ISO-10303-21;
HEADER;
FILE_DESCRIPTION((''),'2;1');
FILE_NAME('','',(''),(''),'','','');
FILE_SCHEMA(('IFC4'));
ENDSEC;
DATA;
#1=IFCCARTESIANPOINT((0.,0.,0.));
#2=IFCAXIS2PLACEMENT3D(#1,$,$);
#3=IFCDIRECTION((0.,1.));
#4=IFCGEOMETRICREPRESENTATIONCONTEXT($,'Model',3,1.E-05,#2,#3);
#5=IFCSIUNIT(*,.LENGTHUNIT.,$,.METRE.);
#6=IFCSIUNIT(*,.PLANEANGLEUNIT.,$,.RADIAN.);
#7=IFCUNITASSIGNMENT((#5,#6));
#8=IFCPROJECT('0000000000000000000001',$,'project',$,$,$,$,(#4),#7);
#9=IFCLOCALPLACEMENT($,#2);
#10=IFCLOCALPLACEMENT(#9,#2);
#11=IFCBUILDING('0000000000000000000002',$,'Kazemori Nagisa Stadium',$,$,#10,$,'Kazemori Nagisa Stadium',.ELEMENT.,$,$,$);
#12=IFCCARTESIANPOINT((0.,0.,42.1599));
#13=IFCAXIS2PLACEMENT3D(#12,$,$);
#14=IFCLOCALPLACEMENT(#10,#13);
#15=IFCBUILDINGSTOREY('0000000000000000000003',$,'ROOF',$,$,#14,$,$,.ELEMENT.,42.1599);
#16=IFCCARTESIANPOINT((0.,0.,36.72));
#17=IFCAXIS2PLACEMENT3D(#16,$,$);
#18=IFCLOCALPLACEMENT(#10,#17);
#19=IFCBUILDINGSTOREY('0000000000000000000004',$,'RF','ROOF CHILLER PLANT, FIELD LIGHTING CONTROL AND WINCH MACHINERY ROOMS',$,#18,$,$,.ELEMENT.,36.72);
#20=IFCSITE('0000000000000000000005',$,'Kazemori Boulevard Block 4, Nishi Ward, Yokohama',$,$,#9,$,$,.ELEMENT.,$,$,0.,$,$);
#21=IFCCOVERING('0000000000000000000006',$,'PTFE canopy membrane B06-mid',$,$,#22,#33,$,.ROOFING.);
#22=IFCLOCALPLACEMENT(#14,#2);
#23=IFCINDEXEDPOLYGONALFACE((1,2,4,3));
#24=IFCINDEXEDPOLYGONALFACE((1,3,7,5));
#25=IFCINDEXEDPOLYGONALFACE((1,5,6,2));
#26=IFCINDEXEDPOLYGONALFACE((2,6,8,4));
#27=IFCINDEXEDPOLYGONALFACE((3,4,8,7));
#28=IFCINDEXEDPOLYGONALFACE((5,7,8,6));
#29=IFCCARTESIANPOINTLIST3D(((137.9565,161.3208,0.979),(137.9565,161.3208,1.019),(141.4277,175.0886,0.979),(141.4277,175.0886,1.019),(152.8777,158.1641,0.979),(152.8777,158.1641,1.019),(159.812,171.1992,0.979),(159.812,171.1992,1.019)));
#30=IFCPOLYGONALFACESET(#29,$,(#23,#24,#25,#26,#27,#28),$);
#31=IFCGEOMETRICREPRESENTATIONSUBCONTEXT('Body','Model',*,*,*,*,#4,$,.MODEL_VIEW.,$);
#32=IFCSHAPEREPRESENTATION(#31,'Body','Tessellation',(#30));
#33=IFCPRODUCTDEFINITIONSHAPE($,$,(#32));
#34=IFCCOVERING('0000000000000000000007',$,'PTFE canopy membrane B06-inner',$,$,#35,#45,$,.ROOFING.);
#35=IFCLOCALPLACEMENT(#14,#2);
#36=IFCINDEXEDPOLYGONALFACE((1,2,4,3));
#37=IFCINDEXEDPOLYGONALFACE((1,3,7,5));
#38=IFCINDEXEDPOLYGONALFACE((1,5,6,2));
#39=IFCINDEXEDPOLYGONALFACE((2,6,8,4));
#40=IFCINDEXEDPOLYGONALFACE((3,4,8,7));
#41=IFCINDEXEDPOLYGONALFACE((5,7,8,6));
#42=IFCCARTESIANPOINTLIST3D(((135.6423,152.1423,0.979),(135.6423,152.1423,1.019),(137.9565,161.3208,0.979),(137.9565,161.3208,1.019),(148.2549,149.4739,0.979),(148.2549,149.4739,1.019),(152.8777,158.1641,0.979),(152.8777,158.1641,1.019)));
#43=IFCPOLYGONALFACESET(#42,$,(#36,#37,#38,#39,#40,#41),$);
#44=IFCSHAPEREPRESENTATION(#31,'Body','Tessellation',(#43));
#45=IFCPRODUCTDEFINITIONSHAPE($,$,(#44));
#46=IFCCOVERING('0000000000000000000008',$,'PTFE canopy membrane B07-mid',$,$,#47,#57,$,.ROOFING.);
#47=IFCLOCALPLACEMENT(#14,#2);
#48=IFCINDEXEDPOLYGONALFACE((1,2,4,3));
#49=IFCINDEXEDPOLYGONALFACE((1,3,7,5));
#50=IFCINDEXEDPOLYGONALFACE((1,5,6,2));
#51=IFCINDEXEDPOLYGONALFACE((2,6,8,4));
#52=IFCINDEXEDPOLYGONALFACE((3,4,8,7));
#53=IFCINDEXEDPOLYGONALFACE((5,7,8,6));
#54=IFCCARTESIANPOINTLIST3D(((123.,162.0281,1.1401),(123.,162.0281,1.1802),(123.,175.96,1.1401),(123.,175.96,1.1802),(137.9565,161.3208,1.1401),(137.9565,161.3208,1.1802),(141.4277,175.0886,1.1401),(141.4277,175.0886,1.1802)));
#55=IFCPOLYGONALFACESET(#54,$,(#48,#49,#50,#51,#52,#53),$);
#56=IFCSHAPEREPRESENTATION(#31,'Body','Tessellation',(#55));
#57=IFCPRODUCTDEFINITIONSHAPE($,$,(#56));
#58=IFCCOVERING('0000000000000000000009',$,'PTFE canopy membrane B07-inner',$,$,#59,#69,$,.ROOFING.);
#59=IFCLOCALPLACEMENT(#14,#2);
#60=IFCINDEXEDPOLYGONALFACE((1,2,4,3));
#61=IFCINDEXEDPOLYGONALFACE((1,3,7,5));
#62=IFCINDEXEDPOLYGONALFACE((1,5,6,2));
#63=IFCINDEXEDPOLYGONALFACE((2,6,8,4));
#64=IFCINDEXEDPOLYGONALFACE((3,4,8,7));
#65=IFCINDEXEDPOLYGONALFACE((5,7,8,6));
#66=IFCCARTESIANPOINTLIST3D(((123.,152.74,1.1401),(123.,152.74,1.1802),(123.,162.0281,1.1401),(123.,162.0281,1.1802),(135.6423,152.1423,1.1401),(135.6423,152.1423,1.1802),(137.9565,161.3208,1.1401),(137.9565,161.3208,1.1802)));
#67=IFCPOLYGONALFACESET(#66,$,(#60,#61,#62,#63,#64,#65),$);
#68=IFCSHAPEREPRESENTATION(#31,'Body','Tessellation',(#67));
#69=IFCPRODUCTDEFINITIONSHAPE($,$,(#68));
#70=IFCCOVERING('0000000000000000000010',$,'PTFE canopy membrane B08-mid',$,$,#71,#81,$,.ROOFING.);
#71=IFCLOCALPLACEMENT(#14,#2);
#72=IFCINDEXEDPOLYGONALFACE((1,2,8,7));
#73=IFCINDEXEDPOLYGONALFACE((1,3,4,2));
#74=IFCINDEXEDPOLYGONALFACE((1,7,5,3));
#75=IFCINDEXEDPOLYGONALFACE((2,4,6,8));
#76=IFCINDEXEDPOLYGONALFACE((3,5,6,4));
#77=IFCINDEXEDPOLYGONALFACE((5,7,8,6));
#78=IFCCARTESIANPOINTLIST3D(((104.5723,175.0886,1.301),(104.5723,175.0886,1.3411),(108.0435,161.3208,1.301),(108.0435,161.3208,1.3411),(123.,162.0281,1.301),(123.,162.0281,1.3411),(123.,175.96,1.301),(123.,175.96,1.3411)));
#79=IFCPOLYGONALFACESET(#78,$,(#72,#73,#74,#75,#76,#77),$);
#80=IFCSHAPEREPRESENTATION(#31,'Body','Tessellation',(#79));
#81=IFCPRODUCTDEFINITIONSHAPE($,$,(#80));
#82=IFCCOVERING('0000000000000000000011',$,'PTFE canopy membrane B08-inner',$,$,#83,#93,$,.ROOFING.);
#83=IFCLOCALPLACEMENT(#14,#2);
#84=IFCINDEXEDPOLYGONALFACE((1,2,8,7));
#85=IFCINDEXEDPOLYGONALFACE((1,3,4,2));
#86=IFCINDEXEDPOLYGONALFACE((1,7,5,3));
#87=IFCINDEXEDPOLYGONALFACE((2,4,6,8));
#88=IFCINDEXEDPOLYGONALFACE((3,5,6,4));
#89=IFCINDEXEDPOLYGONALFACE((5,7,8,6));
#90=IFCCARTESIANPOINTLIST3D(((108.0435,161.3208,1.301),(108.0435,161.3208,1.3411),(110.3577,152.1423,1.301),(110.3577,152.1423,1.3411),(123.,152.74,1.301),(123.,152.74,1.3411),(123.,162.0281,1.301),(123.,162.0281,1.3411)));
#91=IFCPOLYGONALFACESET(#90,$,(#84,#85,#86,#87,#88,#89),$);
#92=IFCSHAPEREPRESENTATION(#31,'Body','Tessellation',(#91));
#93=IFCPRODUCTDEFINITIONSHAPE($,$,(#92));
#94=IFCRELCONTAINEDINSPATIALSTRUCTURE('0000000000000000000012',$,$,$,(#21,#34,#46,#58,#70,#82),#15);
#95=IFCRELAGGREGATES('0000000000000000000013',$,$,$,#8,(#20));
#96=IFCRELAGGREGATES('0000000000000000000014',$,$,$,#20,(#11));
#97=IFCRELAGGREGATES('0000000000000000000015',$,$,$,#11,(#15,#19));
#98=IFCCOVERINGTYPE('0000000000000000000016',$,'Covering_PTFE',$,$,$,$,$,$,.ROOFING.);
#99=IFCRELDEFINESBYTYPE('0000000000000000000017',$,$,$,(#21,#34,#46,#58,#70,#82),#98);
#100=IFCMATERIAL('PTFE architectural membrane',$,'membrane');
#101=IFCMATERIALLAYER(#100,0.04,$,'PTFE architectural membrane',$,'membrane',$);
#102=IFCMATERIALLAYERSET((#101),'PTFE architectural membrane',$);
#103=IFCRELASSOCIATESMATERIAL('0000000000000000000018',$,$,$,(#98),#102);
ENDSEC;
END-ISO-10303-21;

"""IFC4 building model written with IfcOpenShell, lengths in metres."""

from ifc_helpers import new_model, si_unit, direction, frame, origin, place, context, subcontext, project, spatial, polyline, outline, extrude, material, layer, layer_set, type_object, element, save


model = new_model("IFC4")

# Units and contexts
model_context = context("Model", 3, precision=1e-05, world=origin(), true_north=direction((0.0, 1.0)))
body_context = subcontext(model_context, "Body", "Model", "MODEL_VIEW")
ifc_project = project(units=[si_unit("LENGTHUNIT", "METRE"), si_unit("PLANEANGLEUNIT", "RADIAN")], contexts=[model_context])

# Site, building, storey
site_placement = place(None, origin())
site = spatial("IfcSite", under=ifc_project, at=site_placement, Name="Kazemori Boulevard Block 4, Nishi Ward, Yokohama", CompositionType="ELEMENT", RefElevation=0.0)
building_placement = place(site_placement, origin())
building = spatial("IfcBuilding", under=site, at=building_placement, Name="Kazemori Nagisa Stadium", LongName="Kazemori Nagisa Stadium", CompositionType="ELEMENT")
storey_1_placement = place(building_placement, frame((0.0, 0.0, 42.1599)))
storey_1 = spatial("IfcBuildingStorey", under=building, at=storey_1_placement, Name="ROOF", CompositionType="ELEMENT", Elevation=42.1599)

# Shared definitions
storey_2_placement = place(building_placement, frame((0.0, 0.0, 36.72)))
storey_2 = spatial("IfcBuildingStorey", under=building, at=storey_2_placement, Name="RF", Description="ROOF CHILLER PLANT, FIELD LIGHTING CONTROL AND WINCH MACHINERY ROOMS", CompositionType="ELEMENT", Elevation=36.72)

# Coverings
ifc_material_1 = material(Name="PTFE architectural membrane", Category="membrane")
ifc_layer_1 = layer(ifc_material_1, 0.04, Name="PTFE architectural membrane", Category="membrane")
ifc_layer_set_1 = layer_set([ifc_layer_1], Name="PTFE architectural membrane")
covering_type = type_object("IfcCoveringType", Name="Covering_PTFE", PredefinedType="ROOFING", material=ifc_layer_set_1)
covering_1_placement = place(storey_1_placement, frame((0.0, 0.0, 0.979)))
element("IfcCovering", 1, at=covering_1_placement, inside=storey_1, type_object=covering_type, Name="PTFE canopy membrane B06-mid", PredefinedType="ROOFING", context=body_context, shape_type="SweptSolid", body=[
    extrude(outline(polyline([(159.812, 171.1992), (141.4277, 175.0886), (137.9565, 161.3208), (152.8777, 158.1641), (159.812, 171.1992)])), origin(), (0.0, 0.0, 1.0), 0.04),
])
covering_2_placement = place(storey_1_placement, frame((0.0, 0.0, 0.979)))
element("IfcCovering", 2, at=covering_2_placement, inside=storey_1, type_object=covering_type, Name="PTFE canopy membrane B06-inner", PredefinedType="ROOFING", context=body_context, shape_type="SweptSolid", body=[
    extrude(outline(polyline([(152.8777, 158.1641), (137.9565, 161.3208), (135.6423, 152.1423), (148.2549, 149.4739), (152.8777, 158.1641)])), origin(), (0.0, 0.0, 1.0), 0.04),
])
covering_3_placement = place(storey_1_placement, frame((0.0, 0.0, 1.1401)))
element("IfcCovering", 3, at=covering_3_placement, inside=storey_1, type_object=covering_type, Name="PTFE canopy membrane B07-mid", PredefinedType="ROOFING", context=body_context, shape_type="SweptSolid", body=[
    extrude(outline(polyline([(141.4277, 175.0886), (123.0, 175.96), (123.0, 162.0281), (137.9565, 161.3208), (141.4277, 175.0886)])), origin(), (0.0, 0.0, 1.0), 0.04),
])
covering_4_placement = place(storey_1_placement, frame((0.0, 0.0, 1.1401)))
element("IfcCovering", 4, at=covering_4_placement, inside=storey_1, type_object=covering_type, Name="PTFE canopy membrane B07-inner", PredefinedType="ROOFING", context=body_context, shape_type="SweptSolid", body=[
    extrude(outline(polyline([(137.9565, 161.3208), (123.0, 162.0281), (123.0, 152.74), (135.6423, 152.1423), (137.9565, 161.3208)])), origin(), (0.0, 0.0, 1.0), 0.04),
])
covering_5_placement = place(storey_1_placement, frame((0.0, 0.0, 1.301)))
element("IfcCovering", 5, at=covering_5_placement, inside=storey_1, type_object=covering_type, Name="PTFE canopy membrane B08-mid", PredefinedType="ROOFING", context=body_context, shape_type="SweptSolid", body=[
    extrude(outline(polyline([(123.0, 175.96), (104.5723, 175.0886), (108.0435, 161.3208), (123.0, 162.0281), (123.0, 175.96)])), origin(), (0.0, 0.0, 1.0), 0.04),
])
covering_6_placement = place(storey_1_placement, frame((0.0, 0.0, 1.301)))
element("IfcCovering", 6, at=covering_6_placement, inside=storey_1, type_object=covering_type, Name="PTFE canopy membrane B08-inner", PredefinedType="ROOFING", context=body_context, shape_type="SweptSolid", body=[
    extrude(outline(polyline([(123.0, 162.0281), (108.0435, 161.3208), (110.3577, 152.1423), (123.0, 152.74), (123.0, 162.0281)])), origin(), (0.0, 0.0, 1.0), 0.04),
])

save(model, "model.ifc")
